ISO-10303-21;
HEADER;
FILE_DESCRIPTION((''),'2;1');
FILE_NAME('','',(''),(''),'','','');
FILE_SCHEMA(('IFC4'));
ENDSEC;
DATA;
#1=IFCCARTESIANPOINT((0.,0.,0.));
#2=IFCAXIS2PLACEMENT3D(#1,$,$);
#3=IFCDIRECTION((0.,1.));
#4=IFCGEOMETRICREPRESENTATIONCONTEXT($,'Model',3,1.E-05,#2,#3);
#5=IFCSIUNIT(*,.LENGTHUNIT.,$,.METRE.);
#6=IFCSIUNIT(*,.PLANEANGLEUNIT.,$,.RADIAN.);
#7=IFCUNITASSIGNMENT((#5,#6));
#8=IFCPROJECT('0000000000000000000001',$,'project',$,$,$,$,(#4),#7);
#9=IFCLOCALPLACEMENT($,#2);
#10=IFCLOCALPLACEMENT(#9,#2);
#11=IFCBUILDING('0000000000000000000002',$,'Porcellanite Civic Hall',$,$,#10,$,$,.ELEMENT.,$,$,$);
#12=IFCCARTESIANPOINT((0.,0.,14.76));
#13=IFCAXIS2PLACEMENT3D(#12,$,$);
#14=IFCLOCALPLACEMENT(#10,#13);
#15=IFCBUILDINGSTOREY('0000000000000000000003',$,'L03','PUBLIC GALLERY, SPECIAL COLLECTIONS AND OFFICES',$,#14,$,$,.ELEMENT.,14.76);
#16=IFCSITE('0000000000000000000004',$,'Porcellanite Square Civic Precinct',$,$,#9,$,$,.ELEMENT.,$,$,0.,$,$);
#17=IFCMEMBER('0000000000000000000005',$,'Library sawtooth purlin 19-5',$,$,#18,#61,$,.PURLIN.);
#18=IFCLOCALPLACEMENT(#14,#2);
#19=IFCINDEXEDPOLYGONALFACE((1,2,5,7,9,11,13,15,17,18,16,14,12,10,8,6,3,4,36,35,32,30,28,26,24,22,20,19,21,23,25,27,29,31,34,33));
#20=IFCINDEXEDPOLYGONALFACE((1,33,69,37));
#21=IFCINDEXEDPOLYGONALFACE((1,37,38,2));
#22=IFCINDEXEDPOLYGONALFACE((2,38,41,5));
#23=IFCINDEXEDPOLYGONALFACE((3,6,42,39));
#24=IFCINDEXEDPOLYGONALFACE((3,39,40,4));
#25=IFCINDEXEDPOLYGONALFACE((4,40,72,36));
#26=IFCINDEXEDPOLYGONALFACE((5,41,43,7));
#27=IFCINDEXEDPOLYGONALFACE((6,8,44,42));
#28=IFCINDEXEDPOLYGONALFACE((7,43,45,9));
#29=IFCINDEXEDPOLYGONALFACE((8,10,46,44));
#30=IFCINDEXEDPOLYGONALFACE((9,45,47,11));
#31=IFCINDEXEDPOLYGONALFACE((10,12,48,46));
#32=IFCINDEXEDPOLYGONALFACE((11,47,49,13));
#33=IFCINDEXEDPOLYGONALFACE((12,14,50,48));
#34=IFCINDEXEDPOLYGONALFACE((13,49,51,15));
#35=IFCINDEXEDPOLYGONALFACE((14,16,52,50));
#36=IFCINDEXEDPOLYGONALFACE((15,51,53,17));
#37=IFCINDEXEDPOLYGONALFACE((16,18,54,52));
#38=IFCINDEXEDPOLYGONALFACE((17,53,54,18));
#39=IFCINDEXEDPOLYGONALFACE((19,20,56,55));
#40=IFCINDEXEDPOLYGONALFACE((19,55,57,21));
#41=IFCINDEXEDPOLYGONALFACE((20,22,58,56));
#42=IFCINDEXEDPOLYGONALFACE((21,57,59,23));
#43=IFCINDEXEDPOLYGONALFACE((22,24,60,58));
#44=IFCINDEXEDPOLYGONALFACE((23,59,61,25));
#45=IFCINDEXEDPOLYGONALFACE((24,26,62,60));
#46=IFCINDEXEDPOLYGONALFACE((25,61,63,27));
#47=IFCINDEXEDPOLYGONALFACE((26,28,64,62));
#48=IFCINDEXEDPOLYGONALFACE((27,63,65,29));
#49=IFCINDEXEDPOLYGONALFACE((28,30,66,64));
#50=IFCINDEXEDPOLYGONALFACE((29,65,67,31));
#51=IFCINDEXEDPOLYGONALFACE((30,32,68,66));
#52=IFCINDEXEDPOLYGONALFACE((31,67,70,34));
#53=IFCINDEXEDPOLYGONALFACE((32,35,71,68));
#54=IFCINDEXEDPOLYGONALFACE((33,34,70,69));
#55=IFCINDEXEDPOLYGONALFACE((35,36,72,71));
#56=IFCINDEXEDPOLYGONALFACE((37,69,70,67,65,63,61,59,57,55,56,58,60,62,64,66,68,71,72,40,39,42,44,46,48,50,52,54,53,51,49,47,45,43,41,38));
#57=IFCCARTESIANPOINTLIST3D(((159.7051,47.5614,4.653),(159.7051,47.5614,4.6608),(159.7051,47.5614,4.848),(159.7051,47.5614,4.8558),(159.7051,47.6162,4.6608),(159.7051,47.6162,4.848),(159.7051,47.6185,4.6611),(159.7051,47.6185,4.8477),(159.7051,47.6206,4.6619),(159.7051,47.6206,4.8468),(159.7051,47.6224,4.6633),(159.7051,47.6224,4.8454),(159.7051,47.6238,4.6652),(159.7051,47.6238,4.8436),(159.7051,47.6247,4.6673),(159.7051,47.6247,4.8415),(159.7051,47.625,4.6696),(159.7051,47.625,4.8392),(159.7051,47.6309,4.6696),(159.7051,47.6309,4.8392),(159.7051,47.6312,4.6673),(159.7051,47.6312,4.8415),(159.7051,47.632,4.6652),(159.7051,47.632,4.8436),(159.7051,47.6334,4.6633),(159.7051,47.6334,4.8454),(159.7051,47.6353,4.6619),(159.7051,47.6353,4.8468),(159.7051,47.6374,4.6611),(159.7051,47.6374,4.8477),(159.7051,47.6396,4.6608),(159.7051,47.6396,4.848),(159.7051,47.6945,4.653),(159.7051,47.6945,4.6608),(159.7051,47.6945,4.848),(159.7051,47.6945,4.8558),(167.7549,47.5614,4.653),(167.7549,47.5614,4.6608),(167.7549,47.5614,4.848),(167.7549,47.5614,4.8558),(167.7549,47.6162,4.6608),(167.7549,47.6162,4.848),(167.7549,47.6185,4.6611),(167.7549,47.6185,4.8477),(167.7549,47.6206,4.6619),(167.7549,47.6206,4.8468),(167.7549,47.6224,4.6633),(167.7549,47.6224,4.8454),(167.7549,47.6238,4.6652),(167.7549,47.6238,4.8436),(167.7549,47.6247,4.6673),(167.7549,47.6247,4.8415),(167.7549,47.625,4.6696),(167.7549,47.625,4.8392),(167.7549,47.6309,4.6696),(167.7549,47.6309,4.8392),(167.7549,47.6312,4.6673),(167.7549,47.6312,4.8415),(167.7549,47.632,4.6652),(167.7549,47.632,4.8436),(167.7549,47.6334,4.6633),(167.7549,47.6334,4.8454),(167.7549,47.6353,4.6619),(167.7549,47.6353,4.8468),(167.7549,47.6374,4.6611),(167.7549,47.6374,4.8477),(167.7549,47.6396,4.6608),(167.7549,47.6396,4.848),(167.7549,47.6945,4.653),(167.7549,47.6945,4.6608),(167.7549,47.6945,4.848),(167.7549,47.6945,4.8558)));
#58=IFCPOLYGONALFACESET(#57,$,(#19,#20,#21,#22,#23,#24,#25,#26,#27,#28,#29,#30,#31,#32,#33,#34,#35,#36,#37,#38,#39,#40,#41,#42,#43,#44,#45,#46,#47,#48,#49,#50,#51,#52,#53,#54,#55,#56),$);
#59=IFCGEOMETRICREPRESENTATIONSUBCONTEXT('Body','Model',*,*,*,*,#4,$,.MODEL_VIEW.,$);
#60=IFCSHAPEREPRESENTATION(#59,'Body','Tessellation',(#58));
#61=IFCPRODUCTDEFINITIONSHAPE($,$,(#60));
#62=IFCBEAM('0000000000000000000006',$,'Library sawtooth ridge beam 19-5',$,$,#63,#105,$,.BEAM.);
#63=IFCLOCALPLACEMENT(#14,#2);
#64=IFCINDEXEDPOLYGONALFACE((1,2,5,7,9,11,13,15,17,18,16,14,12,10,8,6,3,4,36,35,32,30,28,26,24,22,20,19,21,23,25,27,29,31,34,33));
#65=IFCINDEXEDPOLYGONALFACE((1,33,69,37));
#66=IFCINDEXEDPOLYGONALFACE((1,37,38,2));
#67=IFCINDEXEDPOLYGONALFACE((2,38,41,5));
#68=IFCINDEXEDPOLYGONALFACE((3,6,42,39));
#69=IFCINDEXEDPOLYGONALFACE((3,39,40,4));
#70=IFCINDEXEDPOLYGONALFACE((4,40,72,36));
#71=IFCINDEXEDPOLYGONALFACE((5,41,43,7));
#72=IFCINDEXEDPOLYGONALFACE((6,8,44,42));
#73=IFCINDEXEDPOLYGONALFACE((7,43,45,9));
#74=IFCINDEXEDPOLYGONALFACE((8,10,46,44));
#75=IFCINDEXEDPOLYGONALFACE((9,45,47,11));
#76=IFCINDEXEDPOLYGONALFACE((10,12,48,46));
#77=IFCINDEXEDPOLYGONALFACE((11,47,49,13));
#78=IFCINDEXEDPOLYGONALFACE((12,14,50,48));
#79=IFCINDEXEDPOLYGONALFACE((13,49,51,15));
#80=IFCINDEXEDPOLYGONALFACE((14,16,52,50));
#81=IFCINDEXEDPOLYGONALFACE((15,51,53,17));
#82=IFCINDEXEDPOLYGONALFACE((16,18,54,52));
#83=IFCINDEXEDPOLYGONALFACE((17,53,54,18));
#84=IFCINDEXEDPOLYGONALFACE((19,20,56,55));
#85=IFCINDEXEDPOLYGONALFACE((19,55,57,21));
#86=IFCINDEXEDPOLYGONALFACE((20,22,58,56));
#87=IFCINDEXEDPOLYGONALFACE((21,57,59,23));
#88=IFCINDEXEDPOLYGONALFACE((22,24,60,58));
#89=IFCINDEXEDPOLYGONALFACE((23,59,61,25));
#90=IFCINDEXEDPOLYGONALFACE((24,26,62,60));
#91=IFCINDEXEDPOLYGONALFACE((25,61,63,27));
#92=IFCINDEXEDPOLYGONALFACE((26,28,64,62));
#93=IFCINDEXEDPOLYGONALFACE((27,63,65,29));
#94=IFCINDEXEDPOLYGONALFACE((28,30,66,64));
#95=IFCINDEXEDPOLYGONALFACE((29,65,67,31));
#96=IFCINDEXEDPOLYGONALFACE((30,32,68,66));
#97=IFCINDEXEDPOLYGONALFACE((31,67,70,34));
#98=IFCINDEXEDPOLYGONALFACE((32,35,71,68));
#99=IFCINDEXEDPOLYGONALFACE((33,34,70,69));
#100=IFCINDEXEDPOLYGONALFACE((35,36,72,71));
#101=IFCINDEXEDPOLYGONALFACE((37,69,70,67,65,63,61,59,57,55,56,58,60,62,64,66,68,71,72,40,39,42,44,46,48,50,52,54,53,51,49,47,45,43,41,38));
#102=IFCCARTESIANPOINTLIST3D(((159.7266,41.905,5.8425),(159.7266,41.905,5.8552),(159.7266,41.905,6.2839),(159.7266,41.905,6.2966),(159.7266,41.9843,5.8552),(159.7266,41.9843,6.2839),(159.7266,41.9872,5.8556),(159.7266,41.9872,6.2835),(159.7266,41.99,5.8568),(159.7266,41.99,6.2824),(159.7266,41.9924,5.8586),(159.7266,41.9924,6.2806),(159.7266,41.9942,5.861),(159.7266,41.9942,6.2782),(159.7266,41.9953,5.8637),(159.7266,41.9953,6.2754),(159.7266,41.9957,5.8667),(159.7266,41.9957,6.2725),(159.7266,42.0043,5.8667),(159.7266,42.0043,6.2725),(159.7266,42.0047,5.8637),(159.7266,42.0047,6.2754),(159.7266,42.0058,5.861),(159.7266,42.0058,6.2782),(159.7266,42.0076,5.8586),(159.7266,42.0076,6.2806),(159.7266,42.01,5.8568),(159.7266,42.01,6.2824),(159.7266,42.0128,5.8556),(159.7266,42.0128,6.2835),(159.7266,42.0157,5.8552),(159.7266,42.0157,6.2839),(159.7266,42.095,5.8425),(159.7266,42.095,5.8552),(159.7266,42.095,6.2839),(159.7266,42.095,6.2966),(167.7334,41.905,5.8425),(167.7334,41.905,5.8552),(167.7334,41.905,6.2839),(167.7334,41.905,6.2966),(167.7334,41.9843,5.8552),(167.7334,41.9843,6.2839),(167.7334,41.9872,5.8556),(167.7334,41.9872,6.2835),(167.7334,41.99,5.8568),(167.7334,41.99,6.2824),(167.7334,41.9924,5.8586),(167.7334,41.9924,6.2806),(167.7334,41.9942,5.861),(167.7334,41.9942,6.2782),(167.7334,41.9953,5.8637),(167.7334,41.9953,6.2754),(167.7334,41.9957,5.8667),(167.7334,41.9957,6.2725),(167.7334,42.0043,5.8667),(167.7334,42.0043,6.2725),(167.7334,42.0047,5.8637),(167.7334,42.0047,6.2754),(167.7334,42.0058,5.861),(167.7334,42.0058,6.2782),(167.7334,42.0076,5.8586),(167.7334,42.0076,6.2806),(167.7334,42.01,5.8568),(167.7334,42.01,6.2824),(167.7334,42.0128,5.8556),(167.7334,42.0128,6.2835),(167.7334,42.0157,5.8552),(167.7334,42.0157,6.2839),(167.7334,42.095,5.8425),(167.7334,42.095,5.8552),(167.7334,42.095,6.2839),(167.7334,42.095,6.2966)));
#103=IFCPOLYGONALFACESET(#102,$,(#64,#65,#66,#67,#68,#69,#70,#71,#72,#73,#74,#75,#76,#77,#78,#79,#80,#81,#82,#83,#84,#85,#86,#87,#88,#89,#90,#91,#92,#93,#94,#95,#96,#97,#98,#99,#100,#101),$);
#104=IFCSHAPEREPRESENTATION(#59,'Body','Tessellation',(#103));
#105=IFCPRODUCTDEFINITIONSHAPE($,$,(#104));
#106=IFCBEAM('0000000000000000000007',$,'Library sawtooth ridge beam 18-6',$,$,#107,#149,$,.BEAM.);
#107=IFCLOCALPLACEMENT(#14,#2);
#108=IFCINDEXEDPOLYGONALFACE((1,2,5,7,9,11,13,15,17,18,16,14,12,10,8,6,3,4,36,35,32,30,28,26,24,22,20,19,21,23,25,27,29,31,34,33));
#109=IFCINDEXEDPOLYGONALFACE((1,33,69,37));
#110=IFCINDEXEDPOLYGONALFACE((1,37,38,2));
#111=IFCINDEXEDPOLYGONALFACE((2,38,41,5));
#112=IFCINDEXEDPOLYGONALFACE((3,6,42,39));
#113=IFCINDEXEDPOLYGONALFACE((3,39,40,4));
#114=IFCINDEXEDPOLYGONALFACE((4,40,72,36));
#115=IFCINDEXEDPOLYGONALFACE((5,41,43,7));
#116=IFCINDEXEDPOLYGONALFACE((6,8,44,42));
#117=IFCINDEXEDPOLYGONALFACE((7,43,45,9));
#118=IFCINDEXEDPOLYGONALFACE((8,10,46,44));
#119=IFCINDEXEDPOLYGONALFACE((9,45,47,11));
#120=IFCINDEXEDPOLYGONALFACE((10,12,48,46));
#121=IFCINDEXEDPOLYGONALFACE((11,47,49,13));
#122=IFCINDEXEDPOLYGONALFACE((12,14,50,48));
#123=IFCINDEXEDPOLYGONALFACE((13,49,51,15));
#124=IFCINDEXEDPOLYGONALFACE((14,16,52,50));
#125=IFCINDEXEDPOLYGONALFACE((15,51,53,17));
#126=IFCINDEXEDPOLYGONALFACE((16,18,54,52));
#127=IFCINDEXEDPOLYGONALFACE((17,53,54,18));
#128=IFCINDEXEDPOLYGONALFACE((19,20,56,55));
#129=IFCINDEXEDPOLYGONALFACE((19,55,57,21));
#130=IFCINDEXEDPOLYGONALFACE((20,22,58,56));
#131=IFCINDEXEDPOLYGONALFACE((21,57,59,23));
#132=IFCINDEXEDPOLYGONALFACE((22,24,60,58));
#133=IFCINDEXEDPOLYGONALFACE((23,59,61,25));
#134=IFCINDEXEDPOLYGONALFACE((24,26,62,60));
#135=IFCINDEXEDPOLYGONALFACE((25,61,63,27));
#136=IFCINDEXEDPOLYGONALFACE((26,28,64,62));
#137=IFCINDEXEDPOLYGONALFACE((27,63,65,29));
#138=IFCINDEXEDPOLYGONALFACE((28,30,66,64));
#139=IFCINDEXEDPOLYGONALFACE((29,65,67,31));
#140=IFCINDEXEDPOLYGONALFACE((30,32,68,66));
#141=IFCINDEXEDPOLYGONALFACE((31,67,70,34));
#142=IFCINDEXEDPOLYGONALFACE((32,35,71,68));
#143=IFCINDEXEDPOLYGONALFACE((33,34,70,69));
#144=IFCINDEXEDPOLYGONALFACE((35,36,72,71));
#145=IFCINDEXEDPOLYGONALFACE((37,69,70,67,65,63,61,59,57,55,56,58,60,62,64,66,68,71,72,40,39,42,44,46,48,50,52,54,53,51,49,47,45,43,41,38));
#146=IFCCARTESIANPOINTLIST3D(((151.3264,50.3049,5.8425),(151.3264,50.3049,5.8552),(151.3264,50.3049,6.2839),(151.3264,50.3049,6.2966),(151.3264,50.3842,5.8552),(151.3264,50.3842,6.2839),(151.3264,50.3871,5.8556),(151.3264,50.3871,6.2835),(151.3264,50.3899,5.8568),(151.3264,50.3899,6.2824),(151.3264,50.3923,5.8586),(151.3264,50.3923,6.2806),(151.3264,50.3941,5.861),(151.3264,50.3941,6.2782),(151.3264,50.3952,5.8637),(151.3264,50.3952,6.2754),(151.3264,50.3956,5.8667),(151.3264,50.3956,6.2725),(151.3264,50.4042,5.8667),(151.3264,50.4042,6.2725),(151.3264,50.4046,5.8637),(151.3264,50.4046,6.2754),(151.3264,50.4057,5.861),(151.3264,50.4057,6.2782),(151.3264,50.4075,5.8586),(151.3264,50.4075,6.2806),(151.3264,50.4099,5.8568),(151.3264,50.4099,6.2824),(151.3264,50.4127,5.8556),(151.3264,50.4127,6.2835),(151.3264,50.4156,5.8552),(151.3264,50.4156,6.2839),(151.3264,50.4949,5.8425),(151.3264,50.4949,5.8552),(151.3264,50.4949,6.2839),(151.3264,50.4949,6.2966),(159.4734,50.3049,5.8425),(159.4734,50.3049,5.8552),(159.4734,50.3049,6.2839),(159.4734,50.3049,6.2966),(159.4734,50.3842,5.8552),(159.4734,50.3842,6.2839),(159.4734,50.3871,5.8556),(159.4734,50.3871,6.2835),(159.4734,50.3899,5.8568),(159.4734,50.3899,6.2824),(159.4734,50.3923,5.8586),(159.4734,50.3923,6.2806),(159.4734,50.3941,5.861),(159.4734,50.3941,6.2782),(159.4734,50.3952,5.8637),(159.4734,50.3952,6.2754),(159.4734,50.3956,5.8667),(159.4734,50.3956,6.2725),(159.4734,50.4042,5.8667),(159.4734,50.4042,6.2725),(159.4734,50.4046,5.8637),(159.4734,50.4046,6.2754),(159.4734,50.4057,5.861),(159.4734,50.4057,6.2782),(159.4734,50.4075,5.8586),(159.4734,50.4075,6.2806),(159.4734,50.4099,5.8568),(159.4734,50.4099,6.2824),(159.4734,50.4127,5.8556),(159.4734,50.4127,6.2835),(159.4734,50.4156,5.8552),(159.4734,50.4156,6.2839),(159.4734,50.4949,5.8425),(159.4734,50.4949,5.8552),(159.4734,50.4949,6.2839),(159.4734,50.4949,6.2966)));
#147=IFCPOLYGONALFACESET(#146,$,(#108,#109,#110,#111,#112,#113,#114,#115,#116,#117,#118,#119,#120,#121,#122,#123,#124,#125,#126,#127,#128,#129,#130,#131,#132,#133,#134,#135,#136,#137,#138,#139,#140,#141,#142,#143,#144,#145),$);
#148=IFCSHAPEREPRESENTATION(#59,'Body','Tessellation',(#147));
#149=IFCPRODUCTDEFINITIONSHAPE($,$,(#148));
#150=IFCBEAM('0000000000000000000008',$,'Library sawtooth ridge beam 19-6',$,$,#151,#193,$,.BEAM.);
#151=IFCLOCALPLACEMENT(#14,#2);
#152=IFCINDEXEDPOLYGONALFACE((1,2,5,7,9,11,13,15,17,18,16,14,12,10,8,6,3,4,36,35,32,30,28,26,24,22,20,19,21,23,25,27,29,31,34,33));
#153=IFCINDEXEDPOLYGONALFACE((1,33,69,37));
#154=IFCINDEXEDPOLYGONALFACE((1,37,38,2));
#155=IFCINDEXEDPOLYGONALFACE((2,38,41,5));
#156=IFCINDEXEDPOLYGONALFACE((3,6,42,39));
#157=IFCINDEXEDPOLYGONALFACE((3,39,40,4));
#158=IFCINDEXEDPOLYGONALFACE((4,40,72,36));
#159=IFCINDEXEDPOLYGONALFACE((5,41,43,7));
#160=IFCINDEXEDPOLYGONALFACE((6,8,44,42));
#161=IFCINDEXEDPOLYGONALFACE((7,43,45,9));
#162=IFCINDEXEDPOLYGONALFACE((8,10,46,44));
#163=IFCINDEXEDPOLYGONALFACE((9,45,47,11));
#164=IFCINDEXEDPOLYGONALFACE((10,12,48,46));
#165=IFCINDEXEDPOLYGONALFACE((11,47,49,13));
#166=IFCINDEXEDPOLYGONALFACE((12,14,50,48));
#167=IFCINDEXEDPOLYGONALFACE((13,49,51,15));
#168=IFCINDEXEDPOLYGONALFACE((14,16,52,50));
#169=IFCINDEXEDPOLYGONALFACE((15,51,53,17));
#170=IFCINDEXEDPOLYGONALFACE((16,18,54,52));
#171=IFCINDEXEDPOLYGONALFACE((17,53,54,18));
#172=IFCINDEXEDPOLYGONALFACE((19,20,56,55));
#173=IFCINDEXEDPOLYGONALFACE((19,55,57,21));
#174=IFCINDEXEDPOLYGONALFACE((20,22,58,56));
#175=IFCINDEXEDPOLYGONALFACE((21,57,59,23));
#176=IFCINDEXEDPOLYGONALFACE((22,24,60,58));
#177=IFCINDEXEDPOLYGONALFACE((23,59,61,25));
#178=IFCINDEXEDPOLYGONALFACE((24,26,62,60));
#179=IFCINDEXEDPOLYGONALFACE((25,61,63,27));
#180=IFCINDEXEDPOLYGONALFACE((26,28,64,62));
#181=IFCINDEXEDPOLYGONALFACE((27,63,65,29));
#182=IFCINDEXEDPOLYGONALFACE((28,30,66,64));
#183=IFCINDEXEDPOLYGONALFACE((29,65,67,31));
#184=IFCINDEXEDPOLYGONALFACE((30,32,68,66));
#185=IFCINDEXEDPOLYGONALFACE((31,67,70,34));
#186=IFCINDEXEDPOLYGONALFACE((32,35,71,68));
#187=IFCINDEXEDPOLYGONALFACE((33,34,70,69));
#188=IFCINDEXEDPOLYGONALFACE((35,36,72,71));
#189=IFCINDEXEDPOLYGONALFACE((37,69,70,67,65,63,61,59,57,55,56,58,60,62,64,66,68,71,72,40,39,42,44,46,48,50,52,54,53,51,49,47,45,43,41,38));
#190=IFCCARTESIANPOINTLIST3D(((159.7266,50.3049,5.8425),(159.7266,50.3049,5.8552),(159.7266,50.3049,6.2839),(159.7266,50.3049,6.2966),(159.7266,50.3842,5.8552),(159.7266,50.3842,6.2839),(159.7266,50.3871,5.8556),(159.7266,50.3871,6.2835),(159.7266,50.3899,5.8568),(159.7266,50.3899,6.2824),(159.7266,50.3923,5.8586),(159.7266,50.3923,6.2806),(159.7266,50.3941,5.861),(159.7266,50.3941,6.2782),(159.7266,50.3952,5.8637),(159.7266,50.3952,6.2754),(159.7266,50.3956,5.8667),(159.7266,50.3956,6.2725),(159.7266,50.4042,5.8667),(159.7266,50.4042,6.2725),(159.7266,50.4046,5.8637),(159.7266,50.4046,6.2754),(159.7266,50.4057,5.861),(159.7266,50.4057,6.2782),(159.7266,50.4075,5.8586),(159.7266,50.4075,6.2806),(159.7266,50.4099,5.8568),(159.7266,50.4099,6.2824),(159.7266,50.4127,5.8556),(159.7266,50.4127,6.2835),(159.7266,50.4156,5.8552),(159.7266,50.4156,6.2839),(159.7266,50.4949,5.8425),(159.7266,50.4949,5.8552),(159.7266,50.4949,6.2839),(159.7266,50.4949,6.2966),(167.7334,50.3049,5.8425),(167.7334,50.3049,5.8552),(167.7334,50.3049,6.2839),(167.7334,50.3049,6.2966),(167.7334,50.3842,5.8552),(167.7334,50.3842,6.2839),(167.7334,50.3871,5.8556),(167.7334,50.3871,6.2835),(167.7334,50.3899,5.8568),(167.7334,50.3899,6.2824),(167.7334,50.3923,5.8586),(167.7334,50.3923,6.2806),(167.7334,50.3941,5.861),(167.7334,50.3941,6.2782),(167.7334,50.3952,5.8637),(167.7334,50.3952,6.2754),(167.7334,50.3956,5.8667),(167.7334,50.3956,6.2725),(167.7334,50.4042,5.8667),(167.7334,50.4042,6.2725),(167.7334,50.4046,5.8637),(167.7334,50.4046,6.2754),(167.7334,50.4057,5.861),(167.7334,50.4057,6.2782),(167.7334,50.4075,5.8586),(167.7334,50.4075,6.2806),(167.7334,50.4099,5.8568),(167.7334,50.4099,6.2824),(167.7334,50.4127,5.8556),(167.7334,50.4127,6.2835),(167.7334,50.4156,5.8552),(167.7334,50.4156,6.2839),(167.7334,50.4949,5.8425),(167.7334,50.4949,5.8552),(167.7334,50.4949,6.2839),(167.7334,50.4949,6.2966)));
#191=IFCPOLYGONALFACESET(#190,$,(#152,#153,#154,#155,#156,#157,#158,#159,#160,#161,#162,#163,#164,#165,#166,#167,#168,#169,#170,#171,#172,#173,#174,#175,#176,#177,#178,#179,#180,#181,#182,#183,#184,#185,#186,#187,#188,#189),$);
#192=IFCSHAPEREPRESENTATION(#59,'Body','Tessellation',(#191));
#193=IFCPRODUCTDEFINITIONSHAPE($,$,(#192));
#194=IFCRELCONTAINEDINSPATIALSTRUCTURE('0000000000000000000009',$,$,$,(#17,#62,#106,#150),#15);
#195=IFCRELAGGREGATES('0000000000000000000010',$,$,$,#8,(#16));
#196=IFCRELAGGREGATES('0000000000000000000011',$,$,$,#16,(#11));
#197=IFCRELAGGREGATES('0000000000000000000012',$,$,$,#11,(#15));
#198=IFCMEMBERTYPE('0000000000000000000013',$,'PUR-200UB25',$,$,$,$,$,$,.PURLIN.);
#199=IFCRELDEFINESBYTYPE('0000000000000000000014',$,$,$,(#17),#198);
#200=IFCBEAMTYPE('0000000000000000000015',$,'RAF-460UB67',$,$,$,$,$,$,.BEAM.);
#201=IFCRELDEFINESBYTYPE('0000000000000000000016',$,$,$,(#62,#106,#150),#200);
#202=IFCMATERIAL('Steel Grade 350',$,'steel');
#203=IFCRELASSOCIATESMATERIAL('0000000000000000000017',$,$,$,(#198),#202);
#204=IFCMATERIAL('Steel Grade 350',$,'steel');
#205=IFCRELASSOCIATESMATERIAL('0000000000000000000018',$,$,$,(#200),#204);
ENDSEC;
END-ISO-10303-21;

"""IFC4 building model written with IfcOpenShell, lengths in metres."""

from ifc_helpers import new_model, si_unit, direction, frame, origin, origin_2d, place, context, subcontext, project, spatial, i_section, extrude, material, material_profile, profile_set, type_object, element, save


model = new_model("IFC4")

# Units and contexts
model_context = context("Model", 3, precision=1e-05, world=origin(), true_north=direction((0.0, 1.0)))
body_context = subcontext(model_context, "Body", "Model", "MODEL_VIEW")
ifc_project = project(units=[si_unit("LENGTHUNIT", "METRE"), si_unit("PLANEANGLEUNIT", "RADIAN")], contexts=[model_context])

# Site, building, storey
site_placement = place(None, origin())
site = spatial("IfcSite", under=ifc_project, at=site_placement, Name="Porcellanite Square Civic Precinct", CompositionType="ELEMENT", RefElevation=0.0)
building_placement = place(site_placement, origin())
building = spatial("IfcBuilding", under=site, at=building_placement, Name="Porcellanite Civic Hall", CompositionType="ELEMENT")
storey_placement = place(building_placement, frame((0.0, 0.0, 14.76)))
storey = spatial("IfcBuildingStorey", under=building, at=storey_placement, Name="L03", Description="PUBLIC GALLERY, SPECIAL COLLECTIONS AND OFFICES", CompositionType="ELEMENT", Elevation=14.76)

# Member
ifc_material_1 = material(Name="Steel Grade 350", Category="steel")
ifc_material_profile_1 = material_profile(ifc_material_1, i_section(OverallWidth=0.1331, OverallDepth=0.2029, WebThickness=0.0059, FlangeThickness=0.0078, FilletRadius=0.0088, at=origin_2d()), Name="200UB25.4")
ifc_profile_set_1 = profile_set([ifc_material_profile_1], Name="Steel Grade 350")
member_type = type_object("IfcMemberType", Name="PUR-200UB25", PredefinedType="PURLIN", material=ifc_profile_set_1)
for number, where, z_axis, x_axis, name in (
    (1, (159.7051, 47.6279, 4.7544), (1.0, 0.0, 0.0), (0.0, 1.0, 0.0), "Library sawtooth purlin 19-5"),
):
    element("IfcMember", number, at=place(storey_placement, frame(where, z_axis=z_axis, x_axis=x_axis)), inside=storey, type_object=member_type, Name=name, PredefinedType="PURLIN", context=body_context, shape_type="SweptSolid", body=[
        extrude(i_section(OverallWidth=0.1331, OverallDepth=0.2029, WebThickness=0.0059, FlangeThickness=0.0078, FilletRadius=0.0088, at=origin_2d()), origin(), (0.0, 0.0, 1.0), 8.0498),
    ])

# Beams
ifc_material_2 = material(Name="Steel Grade 350", Category="steel")
ifc_material_profile_2 = material_profile(ifc_material_2, i_section(OverallWidth=0.1899, OverallDepth=0.4541, WebThickness=0.0085, FlangeThickness=0.0127, FilletRadius=0.0115, at=origin_2d()), Name="460UB67.1")
ifc_profile_set_2 = profile_set([ifc_material_profile_2], Name="Steel Grade 350")
beam_type_1 = type_object("IfcBeamType", Name="RAF-460UB67", PredefinedType="BEAM", material=ifc_profile_set_2)
beam_1_placement = place(storey_placement, frame((159.7266, 42.0, 6.0696), z_axis=(1.0, 0.0, 0.0), x_axis=(0.0, 1.0, 0.0)))
element("IfcBeam", 2, at=beam_1_placement, inside=storey, type_object=beam_type_1, Name="Library sawtooth ridge beam 19-5", PredefinedType="BEAM", context=body_context, shape_type="SweptSolid", body=[
    extrude(i_section(OverallWidth=0.1899, OverallDepth=0.4541, WebThickness=0.0085, FlangeThickness=0.0127, FilletRadius=0.0115, at=origin_2d()), origin(), (0.0, 0.0, 1.0), 8.0068),
])
beam_2_placement = place(storey_placement, frame((151.3264, 50.3999, 6.0696), z_axis=(1.0, 0.0, 0.0), x_axis=(0.0, 1.0, 0.0)))
element("IfcBeam", 3, at=beam_2_placement, inside=storey, type_object=beam_type_1, Name="Library sawtooth ridge beam 18-6", PredefinedType="BEAM", context=body_context, shape_type="SweptSolid", body=[
    extrude(i_section(OverallWidth=0.1899, OverallDepth=0.4541, WebThickness=0.0085, FlangeThickness=0.0127, FilletRadius=0.0115, at=origin_2d()), origin(), (0.0, 0.0, 1.0), 8.147),
])
beam_3_placement = place(storey_placement, frame((159.7266, 50.3999, 6.0696), z_axis=(1.0, 0.0, 0.0), x_axis=(0.0, 1.0, 0.0)))
element("IfcBeam", 4, at=beam_3_placement, inside=storey, type_object=beam_type_1, Name="Library sawtooth ridge beam 19-6", PredefinedType="BEAM", context=body_context, shape_type="SweptSolid", body=[
    extrude(i_section(OverallWidth=0.1899, OverallDepth=0.4541, WebThickness=0.0085, FlangeThickness=0.0127, FilletRadius=0.0115, at=origin_2d()), origin(), (0.0, 0.0, 1.0), 8.0068),
])

save(model, "model.ifc")
